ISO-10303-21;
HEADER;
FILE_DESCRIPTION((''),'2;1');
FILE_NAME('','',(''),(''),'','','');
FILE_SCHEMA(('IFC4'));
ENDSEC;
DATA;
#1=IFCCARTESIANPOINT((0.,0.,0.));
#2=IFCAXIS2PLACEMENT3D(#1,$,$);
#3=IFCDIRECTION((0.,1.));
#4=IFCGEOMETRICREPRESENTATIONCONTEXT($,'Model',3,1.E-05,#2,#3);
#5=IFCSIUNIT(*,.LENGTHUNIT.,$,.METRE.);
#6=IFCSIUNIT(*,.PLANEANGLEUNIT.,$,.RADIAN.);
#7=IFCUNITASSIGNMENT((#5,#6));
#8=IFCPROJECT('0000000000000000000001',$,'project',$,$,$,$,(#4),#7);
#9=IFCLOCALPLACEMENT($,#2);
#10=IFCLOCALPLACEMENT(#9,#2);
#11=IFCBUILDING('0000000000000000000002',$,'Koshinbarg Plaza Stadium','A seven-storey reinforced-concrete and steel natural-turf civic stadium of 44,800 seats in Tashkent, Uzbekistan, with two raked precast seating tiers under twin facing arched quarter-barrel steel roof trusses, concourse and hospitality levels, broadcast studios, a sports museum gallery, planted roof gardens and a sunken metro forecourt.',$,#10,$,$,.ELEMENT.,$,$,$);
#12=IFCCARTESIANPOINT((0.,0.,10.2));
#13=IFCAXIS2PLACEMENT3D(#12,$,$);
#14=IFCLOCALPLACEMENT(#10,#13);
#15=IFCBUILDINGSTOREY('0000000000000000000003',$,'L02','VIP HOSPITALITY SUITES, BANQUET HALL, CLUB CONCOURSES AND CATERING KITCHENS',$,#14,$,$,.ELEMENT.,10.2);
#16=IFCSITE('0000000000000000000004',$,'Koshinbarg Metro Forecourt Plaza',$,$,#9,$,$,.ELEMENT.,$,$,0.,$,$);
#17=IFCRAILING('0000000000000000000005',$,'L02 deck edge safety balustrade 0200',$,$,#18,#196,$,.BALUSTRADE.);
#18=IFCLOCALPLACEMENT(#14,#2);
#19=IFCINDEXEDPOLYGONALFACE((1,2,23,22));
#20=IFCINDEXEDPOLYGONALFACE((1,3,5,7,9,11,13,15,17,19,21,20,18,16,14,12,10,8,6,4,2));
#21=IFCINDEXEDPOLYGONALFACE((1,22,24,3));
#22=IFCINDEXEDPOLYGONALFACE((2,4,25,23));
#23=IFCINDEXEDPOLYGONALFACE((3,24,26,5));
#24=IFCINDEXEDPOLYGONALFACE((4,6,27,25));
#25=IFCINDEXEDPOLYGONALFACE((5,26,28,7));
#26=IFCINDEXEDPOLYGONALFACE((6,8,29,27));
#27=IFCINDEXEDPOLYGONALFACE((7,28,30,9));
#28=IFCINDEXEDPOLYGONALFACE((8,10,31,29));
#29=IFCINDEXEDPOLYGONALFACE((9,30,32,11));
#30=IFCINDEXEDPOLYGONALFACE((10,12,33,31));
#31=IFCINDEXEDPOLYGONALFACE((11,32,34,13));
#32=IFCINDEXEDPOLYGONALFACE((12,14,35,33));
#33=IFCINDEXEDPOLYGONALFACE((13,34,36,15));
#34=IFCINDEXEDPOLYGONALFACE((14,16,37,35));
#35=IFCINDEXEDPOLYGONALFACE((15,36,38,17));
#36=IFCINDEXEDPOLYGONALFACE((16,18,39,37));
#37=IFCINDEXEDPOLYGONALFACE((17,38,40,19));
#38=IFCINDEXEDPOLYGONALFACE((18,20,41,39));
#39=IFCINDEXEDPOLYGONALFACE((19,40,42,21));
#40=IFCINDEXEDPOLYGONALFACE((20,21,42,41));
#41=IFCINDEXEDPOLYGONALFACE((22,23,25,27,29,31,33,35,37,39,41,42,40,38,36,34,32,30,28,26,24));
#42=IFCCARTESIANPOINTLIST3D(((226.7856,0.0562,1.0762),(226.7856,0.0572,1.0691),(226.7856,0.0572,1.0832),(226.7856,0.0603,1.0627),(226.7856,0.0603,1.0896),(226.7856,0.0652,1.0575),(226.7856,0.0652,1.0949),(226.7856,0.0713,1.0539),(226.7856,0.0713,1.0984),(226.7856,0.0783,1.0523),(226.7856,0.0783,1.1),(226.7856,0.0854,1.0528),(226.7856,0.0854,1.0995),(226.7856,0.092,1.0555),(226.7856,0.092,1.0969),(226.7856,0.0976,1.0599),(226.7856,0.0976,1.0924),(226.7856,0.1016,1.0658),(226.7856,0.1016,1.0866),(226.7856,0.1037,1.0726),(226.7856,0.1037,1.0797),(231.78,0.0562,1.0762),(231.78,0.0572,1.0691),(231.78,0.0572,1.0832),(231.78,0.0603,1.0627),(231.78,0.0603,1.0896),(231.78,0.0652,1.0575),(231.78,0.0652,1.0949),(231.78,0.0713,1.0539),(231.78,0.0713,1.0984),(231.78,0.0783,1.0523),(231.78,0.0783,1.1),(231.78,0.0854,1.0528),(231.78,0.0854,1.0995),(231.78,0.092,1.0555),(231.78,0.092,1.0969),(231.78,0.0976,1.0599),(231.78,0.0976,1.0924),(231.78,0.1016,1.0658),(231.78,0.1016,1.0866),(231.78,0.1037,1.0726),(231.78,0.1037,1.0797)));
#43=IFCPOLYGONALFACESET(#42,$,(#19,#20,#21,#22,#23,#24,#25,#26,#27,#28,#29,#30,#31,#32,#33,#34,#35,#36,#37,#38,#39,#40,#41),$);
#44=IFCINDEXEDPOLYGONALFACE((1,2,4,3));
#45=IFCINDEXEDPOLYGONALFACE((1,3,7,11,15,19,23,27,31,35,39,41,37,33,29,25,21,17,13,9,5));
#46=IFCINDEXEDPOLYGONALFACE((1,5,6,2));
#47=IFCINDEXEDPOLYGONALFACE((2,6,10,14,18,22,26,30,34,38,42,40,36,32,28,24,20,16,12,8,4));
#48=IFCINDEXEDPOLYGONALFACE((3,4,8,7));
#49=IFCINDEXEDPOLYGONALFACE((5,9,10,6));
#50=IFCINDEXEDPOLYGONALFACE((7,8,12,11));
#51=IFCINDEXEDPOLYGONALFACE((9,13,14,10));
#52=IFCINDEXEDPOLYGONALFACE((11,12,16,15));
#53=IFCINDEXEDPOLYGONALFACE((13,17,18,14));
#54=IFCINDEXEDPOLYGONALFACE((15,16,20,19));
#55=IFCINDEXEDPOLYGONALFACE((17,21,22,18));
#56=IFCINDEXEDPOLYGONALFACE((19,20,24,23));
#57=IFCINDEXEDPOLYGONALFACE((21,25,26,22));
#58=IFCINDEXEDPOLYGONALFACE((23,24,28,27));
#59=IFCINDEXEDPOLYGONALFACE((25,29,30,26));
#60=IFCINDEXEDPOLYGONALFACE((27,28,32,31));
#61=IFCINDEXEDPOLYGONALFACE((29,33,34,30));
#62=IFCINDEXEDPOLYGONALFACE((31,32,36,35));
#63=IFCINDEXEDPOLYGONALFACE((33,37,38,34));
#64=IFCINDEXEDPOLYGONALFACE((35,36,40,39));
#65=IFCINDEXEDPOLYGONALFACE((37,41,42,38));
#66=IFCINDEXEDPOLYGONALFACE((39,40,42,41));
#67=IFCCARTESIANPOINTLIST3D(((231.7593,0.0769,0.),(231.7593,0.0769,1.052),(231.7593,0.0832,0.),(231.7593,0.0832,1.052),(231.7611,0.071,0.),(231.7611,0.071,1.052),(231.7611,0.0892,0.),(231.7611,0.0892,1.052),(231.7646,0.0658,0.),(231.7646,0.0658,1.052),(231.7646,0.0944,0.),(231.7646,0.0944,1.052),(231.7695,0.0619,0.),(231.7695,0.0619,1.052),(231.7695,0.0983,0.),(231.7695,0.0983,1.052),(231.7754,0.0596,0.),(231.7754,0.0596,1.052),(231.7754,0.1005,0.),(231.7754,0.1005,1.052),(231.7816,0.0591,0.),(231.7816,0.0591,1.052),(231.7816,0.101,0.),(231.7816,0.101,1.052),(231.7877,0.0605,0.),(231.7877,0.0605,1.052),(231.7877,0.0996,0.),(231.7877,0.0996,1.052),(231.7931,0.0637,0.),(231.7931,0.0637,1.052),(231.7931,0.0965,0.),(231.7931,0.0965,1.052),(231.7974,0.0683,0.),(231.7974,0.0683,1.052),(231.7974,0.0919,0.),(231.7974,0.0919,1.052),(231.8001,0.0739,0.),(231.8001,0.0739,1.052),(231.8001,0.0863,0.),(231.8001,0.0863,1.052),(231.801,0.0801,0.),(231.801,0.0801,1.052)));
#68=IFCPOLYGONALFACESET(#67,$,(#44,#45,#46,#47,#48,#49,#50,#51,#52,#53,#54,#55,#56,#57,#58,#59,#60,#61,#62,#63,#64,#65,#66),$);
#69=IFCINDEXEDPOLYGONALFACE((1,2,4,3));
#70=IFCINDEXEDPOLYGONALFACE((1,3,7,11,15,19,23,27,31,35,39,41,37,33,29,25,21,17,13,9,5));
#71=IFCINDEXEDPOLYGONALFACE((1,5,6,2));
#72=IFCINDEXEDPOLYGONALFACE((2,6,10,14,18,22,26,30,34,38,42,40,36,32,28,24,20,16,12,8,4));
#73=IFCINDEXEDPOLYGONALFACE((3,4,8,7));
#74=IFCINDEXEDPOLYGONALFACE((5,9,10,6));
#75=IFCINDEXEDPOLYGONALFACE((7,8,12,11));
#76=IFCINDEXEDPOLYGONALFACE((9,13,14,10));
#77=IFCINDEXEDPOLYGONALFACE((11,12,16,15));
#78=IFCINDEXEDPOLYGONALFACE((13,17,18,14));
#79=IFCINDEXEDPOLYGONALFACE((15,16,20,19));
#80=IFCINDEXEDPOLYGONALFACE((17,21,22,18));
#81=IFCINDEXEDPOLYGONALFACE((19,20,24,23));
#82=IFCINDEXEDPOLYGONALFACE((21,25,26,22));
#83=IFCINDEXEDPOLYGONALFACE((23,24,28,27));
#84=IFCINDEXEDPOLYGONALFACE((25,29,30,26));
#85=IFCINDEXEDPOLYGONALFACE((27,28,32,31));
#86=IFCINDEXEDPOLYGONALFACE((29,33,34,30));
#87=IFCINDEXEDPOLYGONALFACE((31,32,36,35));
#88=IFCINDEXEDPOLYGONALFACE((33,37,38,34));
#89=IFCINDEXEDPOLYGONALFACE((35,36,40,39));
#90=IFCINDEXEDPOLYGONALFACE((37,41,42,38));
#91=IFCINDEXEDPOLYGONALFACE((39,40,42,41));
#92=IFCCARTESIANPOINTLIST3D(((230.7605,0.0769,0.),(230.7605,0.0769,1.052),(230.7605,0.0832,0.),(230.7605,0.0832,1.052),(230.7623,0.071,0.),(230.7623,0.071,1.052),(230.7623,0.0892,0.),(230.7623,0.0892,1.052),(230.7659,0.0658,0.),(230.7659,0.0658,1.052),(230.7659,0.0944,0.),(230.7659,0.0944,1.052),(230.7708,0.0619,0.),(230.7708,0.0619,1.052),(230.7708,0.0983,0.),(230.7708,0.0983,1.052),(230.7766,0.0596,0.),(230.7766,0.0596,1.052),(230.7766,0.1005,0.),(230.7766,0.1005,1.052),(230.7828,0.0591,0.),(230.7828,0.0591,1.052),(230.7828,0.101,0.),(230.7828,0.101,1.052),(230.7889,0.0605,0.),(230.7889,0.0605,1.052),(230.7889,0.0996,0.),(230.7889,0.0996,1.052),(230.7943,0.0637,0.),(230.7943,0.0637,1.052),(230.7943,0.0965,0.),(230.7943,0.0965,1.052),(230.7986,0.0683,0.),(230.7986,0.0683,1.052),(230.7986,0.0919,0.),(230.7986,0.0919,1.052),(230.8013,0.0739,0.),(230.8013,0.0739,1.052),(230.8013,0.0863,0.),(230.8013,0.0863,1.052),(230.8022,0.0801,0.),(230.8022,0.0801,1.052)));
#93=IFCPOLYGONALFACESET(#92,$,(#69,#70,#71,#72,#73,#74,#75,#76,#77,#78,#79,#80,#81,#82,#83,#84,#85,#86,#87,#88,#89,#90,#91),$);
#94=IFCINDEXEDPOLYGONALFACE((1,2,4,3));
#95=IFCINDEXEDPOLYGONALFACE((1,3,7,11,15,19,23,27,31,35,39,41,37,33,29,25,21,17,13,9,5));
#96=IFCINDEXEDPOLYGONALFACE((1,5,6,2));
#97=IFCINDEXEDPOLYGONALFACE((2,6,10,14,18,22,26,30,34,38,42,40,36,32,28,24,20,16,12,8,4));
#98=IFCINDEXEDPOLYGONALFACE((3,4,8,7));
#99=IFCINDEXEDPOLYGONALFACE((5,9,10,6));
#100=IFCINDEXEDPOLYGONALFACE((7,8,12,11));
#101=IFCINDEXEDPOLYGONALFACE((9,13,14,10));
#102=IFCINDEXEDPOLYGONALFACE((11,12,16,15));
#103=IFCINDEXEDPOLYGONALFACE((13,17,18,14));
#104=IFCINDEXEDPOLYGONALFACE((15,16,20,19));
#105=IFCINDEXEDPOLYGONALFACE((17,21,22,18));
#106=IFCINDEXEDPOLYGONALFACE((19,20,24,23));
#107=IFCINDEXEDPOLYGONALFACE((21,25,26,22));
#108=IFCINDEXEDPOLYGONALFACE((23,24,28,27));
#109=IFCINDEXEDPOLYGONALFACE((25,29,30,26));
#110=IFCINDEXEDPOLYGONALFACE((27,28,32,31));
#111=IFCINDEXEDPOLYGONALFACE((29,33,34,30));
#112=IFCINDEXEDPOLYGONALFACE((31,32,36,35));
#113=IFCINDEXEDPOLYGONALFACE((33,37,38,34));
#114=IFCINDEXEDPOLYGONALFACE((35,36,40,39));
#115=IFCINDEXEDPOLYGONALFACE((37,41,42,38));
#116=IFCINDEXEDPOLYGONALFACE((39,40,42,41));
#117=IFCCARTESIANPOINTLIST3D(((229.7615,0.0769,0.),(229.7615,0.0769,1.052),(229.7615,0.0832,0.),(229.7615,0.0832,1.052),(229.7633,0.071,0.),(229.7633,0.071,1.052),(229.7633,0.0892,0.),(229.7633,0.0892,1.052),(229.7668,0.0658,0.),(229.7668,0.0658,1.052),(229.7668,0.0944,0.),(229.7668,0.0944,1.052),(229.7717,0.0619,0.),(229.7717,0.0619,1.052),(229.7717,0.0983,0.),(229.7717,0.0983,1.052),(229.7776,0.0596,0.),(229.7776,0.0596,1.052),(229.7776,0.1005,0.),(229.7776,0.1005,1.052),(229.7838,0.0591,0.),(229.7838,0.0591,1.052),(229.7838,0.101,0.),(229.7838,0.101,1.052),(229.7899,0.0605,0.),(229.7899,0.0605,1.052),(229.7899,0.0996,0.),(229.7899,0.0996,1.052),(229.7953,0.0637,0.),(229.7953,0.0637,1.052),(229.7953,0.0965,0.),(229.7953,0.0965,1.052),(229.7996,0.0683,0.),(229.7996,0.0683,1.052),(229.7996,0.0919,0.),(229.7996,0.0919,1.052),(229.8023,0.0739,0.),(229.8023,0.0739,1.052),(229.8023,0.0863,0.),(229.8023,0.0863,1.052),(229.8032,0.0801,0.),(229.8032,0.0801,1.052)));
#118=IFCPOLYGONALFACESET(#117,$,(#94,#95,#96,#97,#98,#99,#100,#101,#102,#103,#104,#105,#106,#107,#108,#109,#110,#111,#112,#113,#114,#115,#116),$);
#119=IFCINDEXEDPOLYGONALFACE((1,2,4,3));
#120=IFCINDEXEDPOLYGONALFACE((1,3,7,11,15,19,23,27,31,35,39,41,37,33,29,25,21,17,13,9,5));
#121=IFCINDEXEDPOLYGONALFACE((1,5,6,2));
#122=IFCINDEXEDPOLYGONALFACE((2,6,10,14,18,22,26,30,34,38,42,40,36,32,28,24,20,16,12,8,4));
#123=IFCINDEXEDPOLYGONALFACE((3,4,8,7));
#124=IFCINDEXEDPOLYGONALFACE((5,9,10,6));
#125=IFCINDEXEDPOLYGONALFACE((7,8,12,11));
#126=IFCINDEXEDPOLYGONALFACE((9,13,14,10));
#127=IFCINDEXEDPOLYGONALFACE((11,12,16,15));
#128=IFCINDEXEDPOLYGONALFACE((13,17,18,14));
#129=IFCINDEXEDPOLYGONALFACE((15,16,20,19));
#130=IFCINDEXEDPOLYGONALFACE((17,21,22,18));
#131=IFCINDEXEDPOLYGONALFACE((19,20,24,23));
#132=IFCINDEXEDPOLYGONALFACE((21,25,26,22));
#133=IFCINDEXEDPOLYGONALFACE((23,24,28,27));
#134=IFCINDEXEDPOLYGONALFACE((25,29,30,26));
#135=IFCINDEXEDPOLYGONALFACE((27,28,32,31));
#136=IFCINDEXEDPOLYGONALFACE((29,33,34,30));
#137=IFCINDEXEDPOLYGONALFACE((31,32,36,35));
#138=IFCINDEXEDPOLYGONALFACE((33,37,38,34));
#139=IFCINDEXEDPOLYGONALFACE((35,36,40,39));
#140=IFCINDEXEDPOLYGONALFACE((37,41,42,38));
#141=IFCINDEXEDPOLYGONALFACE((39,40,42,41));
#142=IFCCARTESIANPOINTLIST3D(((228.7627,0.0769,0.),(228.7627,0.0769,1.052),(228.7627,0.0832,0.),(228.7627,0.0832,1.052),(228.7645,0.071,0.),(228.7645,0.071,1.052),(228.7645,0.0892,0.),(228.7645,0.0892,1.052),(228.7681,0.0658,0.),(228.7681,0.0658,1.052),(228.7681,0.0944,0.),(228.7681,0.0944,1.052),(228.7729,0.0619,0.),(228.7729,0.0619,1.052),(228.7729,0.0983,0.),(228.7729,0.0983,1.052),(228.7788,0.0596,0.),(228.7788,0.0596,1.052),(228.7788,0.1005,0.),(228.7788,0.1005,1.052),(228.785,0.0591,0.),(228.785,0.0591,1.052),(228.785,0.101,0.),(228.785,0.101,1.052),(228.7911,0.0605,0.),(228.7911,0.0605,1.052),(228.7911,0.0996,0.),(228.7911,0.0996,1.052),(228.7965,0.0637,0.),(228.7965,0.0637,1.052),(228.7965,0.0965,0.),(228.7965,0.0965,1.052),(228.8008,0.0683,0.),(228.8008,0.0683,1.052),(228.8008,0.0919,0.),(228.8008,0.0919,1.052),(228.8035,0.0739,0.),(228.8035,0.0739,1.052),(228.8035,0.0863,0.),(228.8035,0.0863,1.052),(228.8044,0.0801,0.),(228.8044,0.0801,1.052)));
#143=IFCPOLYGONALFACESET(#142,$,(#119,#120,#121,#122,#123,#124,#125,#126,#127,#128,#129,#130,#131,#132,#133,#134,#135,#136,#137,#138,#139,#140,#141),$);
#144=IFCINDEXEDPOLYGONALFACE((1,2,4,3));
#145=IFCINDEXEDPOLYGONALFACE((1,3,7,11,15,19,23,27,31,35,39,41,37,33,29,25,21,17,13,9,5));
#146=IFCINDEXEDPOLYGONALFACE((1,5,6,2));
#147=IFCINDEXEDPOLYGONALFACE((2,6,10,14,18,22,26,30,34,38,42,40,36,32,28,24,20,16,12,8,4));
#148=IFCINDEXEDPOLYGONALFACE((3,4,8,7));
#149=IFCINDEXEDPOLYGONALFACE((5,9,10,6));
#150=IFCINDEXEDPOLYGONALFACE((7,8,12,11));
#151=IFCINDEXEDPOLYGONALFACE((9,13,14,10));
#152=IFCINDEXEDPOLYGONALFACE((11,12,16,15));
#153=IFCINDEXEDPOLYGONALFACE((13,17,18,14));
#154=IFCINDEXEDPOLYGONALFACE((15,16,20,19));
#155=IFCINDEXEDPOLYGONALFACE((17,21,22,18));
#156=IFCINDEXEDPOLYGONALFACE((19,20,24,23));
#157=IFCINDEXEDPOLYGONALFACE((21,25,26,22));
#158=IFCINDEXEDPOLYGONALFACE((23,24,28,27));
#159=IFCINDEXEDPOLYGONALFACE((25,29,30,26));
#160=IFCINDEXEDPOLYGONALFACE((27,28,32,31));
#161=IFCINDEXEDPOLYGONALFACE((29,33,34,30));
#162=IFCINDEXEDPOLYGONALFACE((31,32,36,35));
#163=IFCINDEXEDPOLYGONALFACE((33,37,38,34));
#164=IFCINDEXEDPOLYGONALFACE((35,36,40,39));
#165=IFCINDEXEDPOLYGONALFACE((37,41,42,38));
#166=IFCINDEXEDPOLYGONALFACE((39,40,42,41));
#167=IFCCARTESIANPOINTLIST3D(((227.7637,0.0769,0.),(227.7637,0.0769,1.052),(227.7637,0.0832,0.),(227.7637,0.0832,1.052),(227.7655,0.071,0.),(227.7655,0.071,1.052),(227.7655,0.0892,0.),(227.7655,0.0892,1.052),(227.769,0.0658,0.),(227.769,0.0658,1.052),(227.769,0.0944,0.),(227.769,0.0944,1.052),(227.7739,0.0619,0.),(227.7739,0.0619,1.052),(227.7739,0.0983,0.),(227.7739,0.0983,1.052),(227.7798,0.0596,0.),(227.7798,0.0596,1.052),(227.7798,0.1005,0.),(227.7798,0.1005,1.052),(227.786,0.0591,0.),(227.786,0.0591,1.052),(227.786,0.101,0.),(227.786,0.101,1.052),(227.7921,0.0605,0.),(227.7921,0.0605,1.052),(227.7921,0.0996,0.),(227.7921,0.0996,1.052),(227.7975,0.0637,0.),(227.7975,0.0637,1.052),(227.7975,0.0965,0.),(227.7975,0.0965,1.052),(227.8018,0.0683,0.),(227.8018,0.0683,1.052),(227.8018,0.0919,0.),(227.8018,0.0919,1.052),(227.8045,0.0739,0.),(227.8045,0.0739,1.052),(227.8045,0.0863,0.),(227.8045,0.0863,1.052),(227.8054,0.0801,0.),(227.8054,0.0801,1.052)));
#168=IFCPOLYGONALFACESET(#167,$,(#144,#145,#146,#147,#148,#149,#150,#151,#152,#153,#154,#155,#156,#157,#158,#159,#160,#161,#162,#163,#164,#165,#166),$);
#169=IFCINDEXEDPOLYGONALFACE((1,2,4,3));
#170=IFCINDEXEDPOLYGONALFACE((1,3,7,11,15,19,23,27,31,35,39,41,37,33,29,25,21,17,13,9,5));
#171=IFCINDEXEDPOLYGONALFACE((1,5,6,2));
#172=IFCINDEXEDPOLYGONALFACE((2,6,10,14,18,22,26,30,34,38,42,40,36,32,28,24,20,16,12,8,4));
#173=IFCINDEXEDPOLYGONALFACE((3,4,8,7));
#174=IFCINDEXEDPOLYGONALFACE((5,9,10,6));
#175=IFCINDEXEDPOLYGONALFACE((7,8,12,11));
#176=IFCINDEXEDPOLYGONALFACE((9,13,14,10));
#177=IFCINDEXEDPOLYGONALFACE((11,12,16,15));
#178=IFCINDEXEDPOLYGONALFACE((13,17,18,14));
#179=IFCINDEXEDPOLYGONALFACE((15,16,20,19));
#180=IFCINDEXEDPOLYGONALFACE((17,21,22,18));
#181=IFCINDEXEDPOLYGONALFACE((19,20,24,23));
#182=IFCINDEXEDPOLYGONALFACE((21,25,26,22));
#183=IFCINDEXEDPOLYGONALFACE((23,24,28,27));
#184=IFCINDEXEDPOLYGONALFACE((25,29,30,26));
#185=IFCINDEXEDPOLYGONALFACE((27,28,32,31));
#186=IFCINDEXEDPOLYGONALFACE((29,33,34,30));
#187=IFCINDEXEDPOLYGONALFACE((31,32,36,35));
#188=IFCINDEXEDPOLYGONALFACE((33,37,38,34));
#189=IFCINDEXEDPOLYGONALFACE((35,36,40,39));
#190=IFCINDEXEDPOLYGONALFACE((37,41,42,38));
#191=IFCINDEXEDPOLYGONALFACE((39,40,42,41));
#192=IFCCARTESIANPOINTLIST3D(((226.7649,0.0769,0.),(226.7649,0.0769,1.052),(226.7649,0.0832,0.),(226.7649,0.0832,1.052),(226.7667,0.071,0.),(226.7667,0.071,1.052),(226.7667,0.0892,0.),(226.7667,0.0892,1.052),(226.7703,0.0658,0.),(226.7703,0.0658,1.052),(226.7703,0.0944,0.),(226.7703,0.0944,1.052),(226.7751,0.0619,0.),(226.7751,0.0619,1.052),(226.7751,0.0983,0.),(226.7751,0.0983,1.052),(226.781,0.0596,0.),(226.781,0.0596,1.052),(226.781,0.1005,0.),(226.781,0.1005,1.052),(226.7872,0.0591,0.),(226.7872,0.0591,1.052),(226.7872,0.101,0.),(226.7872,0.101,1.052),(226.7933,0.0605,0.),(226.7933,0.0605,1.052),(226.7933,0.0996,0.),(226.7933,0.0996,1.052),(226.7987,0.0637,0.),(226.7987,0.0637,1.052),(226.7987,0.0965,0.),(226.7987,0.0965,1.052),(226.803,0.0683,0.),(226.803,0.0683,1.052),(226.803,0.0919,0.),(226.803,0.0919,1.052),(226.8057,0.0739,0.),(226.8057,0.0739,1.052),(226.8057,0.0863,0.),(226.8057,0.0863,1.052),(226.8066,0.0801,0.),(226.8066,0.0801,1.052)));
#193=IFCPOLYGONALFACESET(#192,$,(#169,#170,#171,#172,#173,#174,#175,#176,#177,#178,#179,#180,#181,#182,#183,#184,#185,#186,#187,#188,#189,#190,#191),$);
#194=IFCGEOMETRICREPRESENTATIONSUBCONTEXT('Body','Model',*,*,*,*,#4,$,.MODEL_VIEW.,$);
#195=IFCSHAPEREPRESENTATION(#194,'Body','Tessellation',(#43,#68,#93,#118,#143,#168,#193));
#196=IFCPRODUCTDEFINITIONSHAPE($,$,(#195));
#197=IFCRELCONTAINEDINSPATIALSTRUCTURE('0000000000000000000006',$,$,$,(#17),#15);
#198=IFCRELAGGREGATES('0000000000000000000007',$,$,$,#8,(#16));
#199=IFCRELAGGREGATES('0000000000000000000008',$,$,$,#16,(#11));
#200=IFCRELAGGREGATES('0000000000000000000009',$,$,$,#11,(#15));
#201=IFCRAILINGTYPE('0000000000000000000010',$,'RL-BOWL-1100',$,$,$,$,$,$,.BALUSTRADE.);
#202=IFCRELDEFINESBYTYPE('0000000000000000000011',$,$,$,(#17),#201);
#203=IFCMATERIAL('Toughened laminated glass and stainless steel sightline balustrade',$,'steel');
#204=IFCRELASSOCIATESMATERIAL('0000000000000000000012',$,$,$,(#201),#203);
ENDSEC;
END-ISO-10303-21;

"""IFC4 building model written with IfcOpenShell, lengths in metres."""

from ifc_helpers import new_model, si_unit, direction, frame, origin, origin_2d, place, context, subcontext, project, spatial, circle, extrude, material, type_object, element, save


model = new_model("IFC4")

# Units and contexts
model_context = context("Model", 3, precision=1e-05, world=origin(), true_north=direction((0.0, 1.0)))
body_context = subcontext(model_context, "Body", "Model", "MODEL_VIEW")
ifc_project = project(units=[si_unit("LENGTHUNIT", "METRE"), si_unit("PLANEANGLEUNIT", "RADIAN")], contexts=[model_context])

# Site, building, storey
site_placement = place(None, origin())
site = spatial("IfcSite", under=ifc_project, at=site_placement, Name="Koshinbarg Metro Forecourt Plaza", CompositionType="ELEMENT", RefElevation=0.0)
building_placement = place(site_placement, origin())
building = spatial("IfcBuilding", under=site, at=building_placement, Name="Koshinbarg Plaza Stadium", Description="A seven-storey reinforced-concrete and steel natural-turf civic stadium of 44,800 seats in Tashkent, Uzbekistan, with two raked precast seating tiers under twin facing arched quarter-barrel steel roof trusses, concourse and hospitality levels, broadcast studios, a sports museum gallery, planted roof gardens and a sunken metro forecourt.", CompositionType="ELEMENT")
storey_placement = place(building_placement, frame((0.0, 0.0, 10.2)))
storey = spatial("IfcBuildingStorey", under=building, at=storey_placement, Name="L02", Description="VIP HOSPITALITY SUITES, BANQUET HALL, CLUB CONCOURSES AND CATERING KITCHENS", CompositionType="ELEMENT", Elevation=10.2)

# Railing
ifc_material_1 = material(Name="Toughened laminated glass and stainless steel sightline balustrade", Category="steel")
railing_type = type_object("IfcRailingType", Name="RL-BOWL-1100", PredefinedType="BALUSTRADE", material=ifc_material_1)
railing_1_placement = place(storey_placement, frame((231.78, 0.0801, 0.0)))
element("IfcRailing", 1, at=railing_1_placement, inside=storey, type_object=railing_type, Name="L02 deck edge safety balustrade 0200", PredefinedType="BALUSTRADE", context=body_context, shape_type="SweptSolid", body=[
    extrude(circle(Radius=0.0239, at=origin_2d()), frame((0.0, 0.0, 1.0762), z_axis=(-1.0, 0.0, 0.0), x_axis=(0.0, -1.0, 0.0)), (0.0, 0.0, 1.0), 4.9944),
    extrude(circle(Radius=0.021, at=origin_2d()), origin(), (0.0, 0.0, 1.0), 1.052),
    extrude(circle(Radius=0.021, at=origin_2d()), frame((-0.9988, 0.0, 0.0)), (0.0, 0.0, 1.0), 1.052),
    extrude(circle(Radius=0.021, at=origin_2d()), frame((-1.9978, 0.0, 0.0)), (0.0, 0.0, 1.0), 1.052),
    extrude(circle(Radius=0.021, at=origin_2d()), frame((-2.9966, 0.0, 0.0)), (0.0, 0.0, 1.0), 1.052),
    extrude(circle(Radius=0.021, at=origin_2d()), frame((-3.9956, 0.0, 0.0)), (0.0, 0.0, 1.0), 1.052),
    extrude(circle(Radius=0.021, at=origin_2d()), frame((-4.9944, 0.0, 0.0)), (0.0, 0.0, 1.0), 1.052),
])

save(model, "model.ifc")
